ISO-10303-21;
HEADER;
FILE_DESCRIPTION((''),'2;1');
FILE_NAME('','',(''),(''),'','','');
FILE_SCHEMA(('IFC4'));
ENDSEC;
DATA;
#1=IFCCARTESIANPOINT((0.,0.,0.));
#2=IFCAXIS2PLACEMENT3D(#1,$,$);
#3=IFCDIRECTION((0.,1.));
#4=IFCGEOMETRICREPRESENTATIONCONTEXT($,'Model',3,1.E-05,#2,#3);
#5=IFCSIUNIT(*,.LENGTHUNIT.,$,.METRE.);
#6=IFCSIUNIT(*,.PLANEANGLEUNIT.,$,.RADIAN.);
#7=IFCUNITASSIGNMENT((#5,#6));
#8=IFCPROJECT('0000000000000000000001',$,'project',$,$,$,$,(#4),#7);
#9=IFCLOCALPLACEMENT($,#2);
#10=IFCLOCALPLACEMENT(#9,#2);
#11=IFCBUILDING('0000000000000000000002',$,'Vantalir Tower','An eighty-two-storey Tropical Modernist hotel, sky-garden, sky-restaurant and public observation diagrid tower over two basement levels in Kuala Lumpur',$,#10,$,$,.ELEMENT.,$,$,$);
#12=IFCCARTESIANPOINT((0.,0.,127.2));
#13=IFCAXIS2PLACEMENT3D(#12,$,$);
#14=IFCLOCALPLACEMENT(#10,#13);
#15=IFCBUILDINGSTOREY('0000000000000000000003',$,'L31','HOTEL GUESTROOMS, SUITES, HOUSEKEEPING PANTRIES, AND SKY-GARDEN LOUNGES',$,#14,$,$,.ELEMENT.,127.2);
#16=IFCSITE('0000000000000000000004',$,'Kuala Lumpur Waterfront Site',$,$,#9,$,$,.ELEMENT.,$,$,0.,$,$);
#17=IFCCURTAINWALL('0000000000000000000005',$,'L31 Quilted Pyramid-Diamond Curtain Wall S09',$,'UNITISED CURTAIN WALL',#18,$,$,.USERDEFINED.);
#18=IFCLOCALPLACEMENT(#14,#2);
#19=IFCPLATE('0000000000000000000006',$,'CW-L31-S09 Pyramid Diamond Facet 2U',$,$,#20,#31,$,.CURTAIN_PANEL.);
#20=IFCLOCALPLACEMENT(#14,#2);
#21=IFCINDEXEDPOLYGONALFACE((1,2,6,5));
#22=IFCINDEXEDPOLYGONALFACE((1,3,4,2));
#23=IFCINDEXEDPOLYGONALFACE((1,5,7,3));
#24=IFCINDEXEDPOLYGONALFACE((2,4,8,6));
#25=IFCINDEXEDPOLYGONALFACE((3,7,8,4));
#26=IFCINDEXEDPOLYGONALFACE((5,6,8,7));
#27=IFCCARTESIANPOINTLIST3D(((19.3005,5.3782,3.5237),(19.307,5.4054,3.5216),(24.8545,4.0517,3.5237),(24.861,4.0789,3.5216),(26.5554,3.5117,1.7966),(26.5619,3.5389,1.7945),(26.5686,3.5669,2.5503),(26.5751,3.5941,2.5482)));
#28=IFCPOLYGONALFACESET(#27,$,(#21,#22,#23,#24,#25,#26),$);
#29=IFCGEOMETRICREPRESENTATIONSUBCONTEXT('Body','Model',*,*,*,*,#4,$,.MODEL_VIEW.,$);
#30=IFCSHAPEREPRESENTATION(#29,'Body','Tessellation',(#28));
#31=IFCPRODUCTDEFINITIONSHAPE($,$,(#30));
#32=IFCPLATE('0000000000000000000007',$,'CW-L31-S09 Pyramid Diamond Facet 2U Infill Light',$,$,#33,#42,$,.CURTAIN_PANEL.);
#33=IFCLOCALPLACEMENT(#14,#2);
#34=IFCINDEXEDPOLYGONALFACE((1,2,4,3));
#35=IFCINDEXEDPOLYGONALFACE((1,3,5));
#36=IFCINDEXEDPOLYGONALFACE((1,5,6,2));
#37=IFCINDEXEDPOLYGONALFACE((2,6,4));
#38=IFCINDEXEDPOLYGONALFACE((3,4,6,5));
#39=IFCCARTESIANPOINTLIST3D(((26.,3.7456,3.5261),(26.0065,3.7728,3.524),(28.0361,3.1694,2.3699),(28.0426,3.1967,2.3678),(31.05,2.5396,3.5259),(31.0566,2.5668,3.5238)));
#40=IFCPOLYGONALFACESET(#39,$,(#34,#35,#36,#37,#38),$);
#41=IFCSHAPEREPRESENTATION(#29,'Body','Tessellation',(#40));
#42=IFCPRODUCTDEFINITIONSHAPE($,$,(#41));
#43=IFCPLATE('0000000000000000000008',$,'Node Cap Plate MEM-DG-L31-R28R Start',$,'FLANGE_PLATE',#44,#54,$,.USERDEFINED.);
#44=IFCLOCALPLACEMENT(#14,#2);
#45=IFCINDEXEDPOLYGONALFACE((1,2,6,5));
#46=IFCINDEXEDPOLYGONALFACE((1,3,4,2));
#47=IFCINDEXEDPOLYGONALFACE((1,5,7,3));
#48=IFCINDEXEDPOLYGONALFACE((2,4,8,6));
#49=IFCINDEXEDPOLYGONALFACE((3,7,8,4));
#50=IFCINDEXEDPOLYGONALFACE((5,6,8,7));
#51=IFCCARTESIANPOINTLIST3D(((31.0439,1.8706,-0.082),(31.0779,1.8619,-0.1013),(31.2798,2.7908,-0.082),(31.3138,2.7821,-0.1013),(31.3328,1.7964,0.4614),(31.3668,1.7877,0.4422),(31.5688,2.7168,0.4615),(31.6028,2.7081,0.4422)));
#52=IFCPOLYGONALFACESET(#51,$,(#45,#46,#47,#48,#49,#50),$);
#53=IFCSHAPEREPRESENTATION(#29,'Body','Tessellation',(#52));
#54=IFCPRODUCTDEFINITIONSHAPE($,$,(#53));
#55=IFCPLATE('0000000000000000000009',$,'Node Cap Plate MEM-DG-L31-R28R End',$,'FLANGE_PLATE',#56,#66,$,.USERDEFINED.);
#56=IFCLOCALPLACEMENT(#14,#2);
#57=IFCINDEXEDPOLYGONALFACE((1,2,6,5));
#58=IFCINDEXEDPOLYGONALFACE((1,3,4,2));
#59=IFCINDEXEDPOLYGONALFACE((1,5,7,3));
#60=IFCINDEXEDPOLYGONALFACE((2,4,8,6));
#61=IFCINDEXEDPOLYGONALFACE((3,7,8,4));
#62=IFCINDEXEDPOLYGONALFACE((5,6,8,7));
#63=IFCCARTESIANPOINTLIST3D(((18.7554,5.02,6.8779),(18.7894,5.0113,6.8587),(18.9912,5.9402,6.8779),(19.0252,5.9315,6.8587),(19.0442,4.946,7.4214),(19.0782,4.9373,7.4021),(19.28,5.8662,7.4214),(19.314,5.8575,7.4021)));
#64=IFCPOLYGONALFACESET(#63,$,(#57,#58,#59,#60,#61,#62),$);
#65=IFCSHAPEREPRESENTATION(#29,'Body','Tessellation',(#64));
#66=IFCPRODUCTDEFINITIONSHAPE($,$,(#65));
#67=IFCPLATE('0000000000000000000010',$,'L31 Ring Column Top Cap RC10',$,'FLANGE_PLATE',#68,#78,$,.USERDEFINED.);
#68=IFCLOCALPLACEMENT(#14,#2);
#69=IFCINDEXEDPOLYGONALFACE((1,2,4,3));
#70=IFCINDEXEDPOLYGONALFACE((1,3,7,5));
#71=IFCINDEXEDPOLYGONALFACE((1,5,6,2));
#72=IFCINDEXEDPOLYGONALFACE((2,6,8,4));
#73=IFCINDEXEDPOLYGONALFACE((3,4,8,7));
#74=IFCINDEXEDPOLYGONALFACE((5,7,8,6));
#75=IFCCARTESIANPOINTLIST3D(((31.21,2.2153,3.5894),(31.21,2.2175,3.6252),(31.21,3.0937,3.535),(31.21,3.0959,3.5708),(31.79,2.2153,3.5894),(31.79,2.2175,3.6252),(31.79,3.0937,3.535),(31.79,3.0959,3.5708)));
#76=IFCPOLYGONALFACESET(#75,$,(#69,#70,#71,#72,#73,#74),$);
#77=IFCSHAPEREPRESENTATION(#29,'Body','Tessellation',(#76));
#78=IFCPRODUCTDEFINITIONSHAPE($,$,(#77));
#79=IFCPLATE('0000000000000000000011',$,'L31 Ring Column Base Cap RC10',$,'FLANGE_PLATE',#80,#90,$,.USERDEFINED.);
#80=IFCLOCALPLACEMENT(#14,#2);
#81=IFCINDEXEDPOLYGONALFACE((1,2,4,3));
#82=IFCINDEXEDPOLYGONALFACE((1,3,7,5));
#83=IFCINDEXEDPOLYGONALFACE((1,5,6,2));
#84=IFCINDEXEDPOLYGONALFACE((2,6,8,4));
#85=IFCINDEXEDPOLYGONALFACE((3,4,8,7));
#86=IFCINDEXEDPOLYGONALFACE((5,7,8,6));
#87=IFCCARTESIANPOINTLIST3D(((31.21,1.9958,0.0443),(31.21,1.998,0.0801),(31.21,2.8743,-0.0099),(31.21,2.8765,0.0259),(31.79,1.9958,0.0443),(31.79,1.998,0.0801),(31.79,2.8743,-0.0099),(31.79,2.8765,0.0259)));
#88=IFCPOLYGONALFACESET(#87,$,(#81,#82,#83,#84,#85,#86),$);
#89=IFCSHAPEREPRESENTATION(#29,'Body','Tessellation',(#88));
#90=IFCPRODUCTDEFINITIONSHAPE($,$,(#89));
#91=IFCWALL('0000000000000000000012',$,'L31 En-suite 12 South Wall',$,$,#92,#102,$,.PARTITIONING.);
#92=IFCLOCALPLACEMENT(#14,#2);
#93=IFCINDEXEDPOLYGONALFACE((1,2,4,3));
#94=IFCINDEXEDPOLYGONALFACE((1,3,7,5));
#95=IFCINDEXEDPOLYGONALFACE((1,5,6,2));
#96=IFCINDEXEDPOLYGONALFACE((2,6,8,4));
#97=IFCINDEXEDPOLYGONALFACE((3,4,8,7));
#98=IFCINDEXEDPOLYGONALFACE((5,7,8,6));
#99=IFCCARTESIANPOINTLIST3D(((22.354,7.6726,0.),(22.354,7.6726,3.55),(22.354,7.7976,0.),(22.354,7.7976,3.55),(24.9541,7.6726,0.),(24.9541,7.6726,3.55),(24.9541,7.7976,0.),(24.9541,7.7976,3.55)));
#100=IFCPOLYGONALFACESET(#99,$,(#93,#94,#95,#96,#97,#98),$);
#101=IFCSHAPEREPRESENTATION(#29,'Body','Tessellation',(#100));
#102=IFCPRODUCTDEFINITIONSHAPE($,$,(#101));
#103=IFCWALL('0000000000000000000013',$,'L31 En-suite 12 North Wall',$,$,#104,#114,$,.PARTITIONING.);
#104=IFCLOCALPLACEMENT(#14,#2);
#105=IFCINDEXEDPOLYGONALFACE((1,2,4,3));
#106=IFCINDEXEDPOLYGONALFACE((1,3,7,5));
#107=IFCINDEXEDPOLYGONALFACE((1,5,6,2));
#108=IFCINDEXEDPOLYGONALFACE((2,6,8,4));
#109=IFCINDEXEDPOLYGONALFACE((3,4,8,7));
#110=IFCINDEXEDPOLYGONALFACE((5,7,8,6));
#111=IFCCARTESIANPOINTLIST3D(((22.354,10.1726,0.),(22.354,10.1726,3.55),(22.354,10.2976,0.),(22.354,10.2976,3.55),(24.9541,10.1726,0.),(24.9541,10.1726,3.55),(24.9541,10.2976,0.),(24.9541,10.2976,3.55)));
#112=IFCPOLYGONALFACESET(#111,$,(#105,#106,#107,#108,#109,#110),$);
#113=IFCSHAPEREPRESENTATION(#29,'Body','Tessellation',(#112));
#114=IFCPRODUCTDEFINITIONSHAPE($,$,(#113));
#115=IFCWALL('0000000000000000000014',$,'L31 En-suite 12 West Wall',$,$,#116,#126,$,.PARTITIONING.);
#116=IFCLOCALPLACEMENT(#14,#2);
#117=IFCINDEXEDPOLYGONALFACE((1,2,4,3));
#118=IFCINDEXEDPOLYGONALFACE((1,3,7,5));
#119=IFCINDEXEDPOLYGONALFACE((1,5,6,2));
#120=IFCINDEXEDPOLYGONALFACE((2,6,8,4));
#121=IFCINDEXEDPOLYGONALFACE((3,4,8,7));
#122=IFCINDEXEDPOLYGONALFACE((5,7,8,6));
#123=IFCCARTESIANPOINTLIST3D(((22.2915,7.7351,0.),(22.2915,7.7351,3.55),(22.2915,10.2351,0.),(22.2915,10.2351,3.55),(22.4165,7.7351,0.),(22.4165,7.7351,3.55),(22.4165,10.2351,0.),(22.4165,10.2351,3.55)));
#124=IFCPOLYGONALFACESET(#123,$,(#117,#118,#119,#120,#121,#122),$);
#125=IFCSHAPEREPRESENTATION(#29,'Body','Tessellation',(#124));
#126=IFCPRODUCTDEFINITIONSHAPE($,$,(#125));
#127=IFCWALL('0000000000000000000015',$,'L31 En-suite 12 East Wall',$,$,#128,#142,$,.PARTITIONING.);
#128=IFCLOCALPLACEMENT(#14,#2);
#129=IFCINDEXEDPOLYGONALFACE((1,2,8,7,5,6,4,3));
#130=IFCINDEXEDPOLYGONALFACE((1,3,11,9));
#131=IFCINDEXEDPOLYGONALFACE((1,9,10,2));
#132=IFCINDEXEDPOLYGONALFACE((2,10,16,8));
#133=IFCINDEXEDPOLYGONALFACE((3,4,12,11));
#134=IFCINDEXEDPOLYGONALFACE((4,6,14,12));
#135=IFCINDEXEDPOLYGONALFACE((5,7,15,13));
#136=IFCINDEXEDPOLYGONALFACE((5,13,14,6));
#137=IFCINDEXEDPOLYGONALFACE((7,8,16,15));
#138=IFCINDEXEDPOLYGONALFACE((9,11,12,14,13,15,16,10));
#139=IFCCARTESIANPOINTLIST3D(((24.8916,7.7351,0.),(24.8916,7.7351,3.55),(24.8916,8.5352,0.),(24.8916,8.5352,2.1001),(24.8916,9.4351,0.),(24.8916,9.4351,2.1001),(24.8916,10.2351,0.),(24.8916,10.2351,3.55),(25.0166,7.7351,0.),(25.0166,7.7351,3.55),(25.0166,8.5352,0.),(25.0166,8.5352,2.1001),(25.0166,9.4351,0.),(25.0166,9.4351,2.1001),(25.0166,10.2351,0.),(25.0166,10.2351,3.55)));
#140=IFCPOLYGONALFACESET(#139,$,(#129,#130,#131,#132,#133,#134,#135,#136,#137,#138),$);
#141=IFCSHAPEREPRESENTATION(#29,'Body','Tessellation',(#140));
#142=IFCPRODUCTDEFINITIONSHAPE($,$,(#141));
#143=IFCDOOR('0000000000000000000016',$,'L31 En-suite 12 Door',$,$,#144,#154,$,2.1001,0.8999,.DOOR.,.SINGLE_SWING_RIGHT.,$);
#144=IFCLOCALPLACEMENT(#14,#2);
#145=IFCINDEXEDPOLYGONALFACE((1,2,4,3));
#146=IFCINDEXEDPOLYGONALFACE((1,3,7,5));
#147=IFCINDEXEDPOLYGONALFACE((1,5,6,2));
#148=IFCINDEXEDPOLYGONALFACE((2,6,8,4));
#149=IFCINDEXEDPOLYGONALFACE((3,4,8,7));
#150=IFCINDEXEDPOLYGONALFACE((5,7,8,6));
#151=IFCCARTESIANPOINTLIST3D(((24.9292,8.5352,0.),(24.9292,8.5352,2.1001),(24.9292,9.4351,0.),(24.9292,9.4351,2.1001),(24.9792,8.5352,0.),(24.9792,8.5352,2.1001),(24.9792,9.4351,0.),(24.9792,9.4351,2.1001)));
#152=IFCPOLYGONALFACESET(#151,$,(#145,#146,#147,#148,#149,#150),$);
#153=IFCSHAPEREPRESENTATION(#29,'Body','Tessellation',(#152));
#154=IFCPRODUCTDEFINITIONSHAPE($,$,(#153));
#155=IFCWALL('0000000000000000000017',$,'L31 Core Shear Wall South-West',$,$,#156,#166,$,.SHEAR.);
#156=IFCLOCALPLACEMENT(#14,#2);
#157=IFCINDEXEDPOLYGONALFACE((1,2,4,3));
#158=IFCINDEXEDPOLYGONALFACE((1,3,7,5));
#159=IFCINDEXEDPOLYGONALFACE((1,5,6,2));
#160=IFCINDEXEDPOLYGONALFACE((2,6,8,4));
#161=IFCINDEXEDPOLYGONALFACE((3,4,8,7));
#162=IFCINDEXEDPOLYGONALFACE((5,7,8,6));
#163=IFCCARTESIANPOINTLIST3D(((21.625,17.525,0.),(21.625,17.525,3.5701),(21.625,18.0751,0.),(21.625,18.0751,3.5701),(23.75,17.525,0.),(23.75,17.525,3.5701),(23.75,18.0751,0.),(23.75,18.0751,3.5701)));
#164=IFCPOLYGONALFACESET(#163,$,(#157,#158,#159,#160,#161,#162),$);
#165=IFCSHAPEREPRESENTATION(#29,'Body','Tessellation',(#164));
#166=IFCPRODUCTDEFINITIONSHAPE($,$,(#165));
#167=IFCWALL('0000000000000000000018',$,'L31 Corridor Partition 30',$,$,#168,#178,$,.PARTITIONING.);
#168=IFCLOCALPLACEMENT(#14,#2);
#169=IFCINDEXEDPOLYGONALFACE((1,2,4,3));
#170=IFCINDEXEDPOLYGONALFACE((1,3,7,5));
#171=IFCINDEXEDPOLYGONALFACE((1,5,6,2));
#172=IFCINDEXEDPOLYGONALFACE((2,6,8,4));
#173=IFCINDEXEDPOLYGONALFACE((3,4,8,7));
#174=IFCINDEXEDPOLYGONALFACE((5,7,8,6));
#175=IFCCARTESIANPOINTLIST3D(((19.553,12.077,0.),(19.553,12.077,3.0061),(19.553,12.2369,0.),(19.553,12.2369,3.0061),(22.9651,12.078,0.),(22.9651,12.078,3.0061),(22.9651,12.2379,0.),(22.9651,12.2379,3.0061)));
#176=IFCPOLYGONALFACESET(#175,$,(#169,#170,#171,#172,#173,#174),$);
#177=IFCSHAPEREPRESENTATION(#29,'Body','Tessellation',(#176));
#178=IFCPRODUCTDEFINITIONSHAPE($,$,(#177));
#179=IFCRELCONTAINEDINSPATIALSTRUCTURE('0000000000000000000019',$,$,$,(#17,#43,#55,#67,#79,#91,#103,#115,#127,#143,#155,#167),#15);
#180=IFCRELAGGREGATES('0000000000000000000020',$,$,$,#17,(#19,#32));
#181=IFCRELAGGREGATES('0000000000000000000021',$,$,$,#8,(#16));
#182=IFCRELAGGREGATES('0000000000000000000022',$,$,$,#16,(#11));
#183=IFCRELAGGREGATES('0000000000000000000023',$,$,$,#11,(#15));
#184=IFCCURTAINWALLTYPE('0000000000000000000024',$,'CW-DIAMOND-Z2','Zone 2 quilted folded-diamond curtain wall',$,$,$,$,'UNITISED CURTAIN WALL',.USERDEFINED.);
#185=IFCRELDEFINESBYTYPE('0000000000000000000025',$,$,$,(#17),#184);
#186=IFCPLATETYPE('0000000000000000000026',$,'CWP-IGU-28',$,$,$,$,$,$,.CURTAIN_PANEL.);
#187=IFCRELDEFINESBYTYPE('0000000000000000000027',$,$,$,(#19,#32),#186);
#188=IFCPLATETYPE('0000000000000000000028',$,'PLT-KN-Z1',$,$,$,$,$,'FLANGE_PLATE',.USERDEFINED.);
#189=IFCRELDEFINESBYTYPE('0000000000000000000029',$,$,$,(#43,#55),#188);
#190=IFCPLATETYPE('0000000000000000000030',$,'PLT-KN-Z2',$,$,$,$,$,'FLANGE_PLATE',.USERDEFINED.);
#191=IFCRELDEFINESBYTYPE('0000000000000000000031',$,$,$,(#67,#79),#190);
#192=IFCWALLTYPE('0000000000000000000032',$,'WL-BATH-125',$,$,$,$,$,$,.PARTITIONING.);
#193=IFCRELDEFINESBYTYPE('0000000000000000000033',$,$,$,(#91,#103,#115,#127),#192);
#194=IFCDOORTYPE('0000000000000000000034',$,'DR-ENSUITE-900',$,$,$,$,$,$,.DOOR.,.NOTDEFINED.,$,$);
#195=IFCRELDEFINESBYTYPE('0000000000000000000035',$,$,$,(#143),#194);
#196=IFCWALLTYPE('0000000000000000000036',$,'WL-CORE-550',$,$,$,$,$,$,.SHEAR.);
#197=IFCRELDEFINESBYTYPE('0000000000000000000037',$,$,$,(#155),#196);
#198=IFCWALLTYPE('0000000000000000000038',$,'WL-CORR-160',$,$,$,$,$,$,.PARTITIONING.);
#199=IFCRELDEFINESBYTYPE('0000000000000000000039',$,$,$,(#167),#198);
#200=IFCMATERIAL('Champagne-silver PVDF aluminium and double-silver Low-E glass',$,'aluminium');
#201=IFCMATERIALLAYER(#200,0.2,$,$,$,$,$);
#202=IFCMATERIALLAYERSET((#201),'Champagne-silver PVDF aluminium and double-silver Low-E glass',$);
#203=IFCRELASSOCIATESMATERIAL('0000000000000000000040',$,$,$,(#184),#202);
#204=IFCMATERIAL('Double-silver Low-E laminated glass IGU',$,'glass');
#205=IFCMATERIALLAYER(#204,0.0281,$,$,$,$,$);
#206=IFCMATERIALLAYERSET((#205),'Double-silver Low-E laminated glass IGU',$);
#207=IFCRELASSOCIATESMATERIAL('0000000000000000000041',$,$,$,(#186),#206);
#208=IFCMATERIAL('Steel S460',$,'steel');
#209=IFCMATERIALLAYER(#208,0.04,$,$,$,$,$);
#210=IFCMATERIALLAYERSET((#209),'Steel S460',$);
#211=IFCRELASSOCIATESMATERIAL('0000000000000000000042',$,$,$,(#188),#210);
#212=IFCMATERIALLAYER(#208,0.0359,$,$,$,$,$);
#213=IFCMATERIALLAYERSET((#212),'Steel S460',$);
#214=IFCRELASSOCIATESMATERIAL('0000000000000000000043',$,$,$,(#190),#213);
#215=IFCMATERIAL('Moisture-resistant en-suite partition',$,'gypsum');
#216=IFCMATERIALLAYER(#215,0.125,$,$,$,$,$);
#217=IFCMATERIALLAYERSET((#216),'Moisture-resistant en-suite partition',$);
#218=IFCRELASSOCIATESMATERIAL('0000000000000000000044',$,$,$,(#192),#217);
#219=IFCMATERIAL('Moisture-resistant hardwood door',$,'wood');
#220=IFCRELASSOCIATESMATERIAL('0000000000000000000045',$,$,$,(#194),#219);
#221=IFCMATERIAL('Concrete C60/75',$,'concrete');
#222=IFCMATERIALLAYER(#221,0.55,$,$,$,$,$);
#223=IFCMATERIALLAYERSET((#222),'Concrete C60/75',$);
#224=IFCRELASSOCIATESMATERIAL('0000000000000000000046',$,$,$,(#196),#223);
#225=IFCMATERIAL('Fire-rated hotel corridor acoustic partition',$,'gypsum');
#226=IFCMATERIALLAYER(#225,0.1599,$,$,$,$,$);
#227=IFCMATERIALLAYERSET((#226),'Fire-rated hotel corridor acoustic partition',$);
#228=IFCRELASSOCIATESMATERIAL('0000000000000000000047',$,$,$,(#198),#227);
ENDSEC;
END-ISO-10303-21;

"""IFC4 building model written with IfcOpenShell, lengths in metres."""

from ifc_helpers import new_model, si_unit, direction, frame, frame_2d, origin, place, context, subcontext, project, spatial, polyline, rectangle, outline, extrude, material, layer, layer_set, type_object, element, fill, aggregate, save


model = new_model("IFC4")

# Units and contexts
model_context = context("Model", 3, precision=1e-05, world=origin(), true_north=direction((0.0, 1.0)))
body_context = subcontext(model_context, "Body", "Model", "MODEL_VIEW")
ifc_project = project(units=[si_unit("LENGTHUNIT", "METRE"), si_unit("PLANEANGLEUNIT", "RADIAN")], contexts=[model_context])

# Site, building, storey
site_placement = place(None, origin())
site = spatial("IfcSite", under=ifc_project, at=site_placement, Name="Kuala Lumpur Waterfront Site", CompositionType="ELEMENT", RefElevation=0.0)
building_placement = place(site_placement, origin())
building = spatial("IfcBuilding", under=site, at=building_placement, Name="Vantalir Tower", Description="An eighty-two-storey Tropical Modernist hotel, sky-garden, sky-restaurant and public observation diagrid tower over two basement levels in Kuala Lumpur", CompositionType="ELEMENT")
storey_placement = place(building_placement, frame((0.0, 0.0, 127.2)))
storey = spatial("IfcBuildingStorey", under=building, at=storey_placement, Name="L31", Description="HOTEL GUESTROOMS, SUITES, HOUSEKEEPING PANTRIES, AND SKY-GARDEN LOUNGES", CompositionType="ELEMENT", Elevation=127.2)

# Shared definitions
ifc_material_1 = material(Name="Steel S460", Category="steel")

# Curtain wall
ifc_material_2 = material(Name="Champagne-silver PVDF aluminium and double-silver Low-E glass", Category="aluminium")
ifc_layer_1 = layer(ifc_material_2, 0.2)
ifc_layer_set_1 = layer_set([ifc_layer_1], Name="Champagne-silver PVDF aluminium and double-silver Low-E glass")
curtain_wall_type = type_object("IfcCurtainWallType", Name="CW-DIAMOND-Z2", Description="Zone 2 quilted folded-diamond curtain wall", ElementType="UNITISED CURTAIN WALL", PredefinedType="USERDEFINED", material=ifc_layer_set_1)
curtain_wall_placement = place(storey_placement, origin())
curtain_wall = element("IfcCurtainWall", 1, at=curtain_wall_placement, inside=storey, type_object=curtain_wall_type, Name="L31 Quilted Pyramid-Diamond Curtain Wall S09", ObjectType="UNITISED CURTAIN WALL", PredefinedType="USERDEFINED")

# Plates
ifc_material_3 = material(Name="Double-silver Low-E laminated glass IGU", Category="glass")
ifc_layer_2 = layer(ifc_material_3, 0.0281)
ifc_layer_set_2 = layer_set([ifc_layer_2], Name="Double-silver Low-E laminated glass IGU")
plate_type_1 = type_object("IfcPlateType", Name="CWP-IGU-28", PredefinedType="CURTAIN_PANEL", material=ifc_layer_set_2)
plate_1_placement = place(storey_placement, frame((19.3005, 5.3782, 3.5237), z_axis=(-0.231645, -0.969894, 0.07514), x_axis=(0.972644, -0.232301, 0.000001)))
plate_1 = element("IfcPlate", 2, at=plate_1_placement, type_object=plate_type_1, Name="CW-L31-S09 Pyramid Diamond Facet 2U", PredefinedType="CURTAIN_PANEL", context=body_context, shape_type="SweptSolid", body=[
    extrude(outline(polyline([(0.0, 0.0), (5.7101, 0.0), (7.49, -0.9762), (7.49, -1.7319), (0.0, 0.0)])), origin(), (0.0, 0.0, -1.0), 0.0281),
])
plate_2_placement = place(storey_placement, frame((26.0, 3.7456, 3.5261), z_axis=(-0.231623, -0.969878, 0.075417), x_axis=(0.972647, -0.232288, -0.000047)))
plate_2 = element("IfcPlate", 3, at=plate_2_placement, type_object=plate_type_1, Name="CW-L31-S09 Pyramid Diamond Facet 2U Infill Light", PredefinedType="CURTAIN_PANEL", context=body_context, shape_type="SweptSolid", body=[
    extrude(outline(polyline([(0.0, 0.0), (5.1921, 0.0), (2.1143, -1.1595), (0.0, 0.0)])), origin(), (0.0, 0.0, -1.0), 0.0281),
])
aggregate(curtain_wall, [plate_1, plate_2])

# Plates
ifc_layer_3 = layer(ifc_material_1, 0.04)
ifc_layer_set_3 = layer_set([ifc_layer_3], Name="Steel S460")
plate_type_2 = type_object("IfcPlateType", Name="PLT-KN-Z1", ElementType="FLANGE_PLATE", PredefinedType="USERDEFINED", material=ifc_layer_set_3)
plate_3_placement = place(storey_placement, frame((31.2798, 2.7908, -0.082), z_axis=(-0.849164, 0.217726, 0.481161), x_axis=(-0.248345, -0.968672, 0.000039)))
element("IfcPlate", 4, at=plate_3_placement, inside=storey, type_object=plate_type_2, Name="Node Cap Plate MEM-DG-L31-R28R Start", ObjectType="FLANGE_PLATE", PredefinedType="USERDEFINED", context=body_context, shape_type="SweptSolid", body=[
    extrude(outline(polyline([(0.0, 0.0), (0.9499, 0.0), (0.9501, 0.6199), (-0.0001, 0.62), (0.0, 0.0)])), origin(), (0.0, 0.0, -1.0), 0.04),
])
plate_4_placement = place(storey_placement, frame((18.9912, 5.9402, 6.8779), z_axis=(-0.849282, 0.217672, 0.480977), x_axis=(-0.248276, -0.968689, 0.0)))
element("IfcPlate", 5, at=plate_4_placement, inside=storey, type_object=plate_type_2, Name="Node Cap Plate MEM-DG-L31-R28R End", ObjectType="FLANGE_PLATE", PredefinedType="USERDEFINED", context=body_context, shape_type="SweptSolid", body=[
    extrude(outline(polyline([(0.0, 0.0), (0.9499, 0.0), (0.9499, 0.6199), (0.0, 0.6199), (0.0, 0.0)])), origin(), (0.0, 0.0, -1.0), 0.04),
])
ifc_layer_4 = layer(ifc_material_1, 0.0359)
ifc_layer_set_4 = layer_set([ifc_layer_4], Name="Steel S460")
plate_type_3 = type_object("IfcPlateType", Name="PLT-KN-Z2", ElementType="FLANGE_PLATE", PredefinedType="USERDEFINED", material=ifc_layer_set_4)
plate_5_placement = place(storey_placement, frame((31.21, 3.0959, 3.5708), z_axis=(0.0, 0.06186, 0.998085), x_axis=(0.0, -0.998085, 0.06186)))
element("IfcPlate", 6, at=plate_5_placement, inside=storey, type_object=plate_type_3, Name="L31 Ring Column Top Cap RC10", ObjectType="FLANGE_PLATE", PredefinedType="USERDEFINED", context=body_context, shape_type="SweptSolid", body=[
    extrude(outline(polyline([(0.0, 0.0), (0.8801, 0.0), (0.8801, 0.5801), (0.0, 0.5801), (0.0, 0.0)])), origin(), (0.0, 0.0, -1.0), 0.0359),
])
plate_6_placement = place(storey_placement, frame((31.21, 2.8765, 0.0259), z_axis=(0.0, 0.061584, 0.998102), x_axis=(0.0, -0.998102, 0.061584)))
element("IfcPlate", 7, at=plate_6_placement, inside=storey, type_object=plate_type_3, Name="L31 Ring Column Base Cap RC10", ObjectType="FLANGE_PLATE", PredefinedType="USERDEFINED", context=body_context, shape_type="SweptSolid", body=[
    extrude(outline(polyline([(0.0, 0.0), (0.8801, 0.0), (0.8801, 0.5801), (0.0, 0.5801), (0.0, 0.0)])), origin(), (0.0, 0.0, -1.0), 0.0359),
])

# Walls
ifc_material_4 = material(Name="Moisture-resistant en-suite partition", Category="gypsum")
ifc_layer_5 = layer(ifc_material_4, 0.125)
ifc_layer_set_5 = layer_set([ifc_layer_5], Name="Moisture-resistant en-suite partition")
wall_type_1 = type_object("IfcWallType", Name="WL-BATH-125", PredefinedType="PARTITIONING", material=ifc_layer_set_5)
for number, where, z_axis, x_axis, name in (
    (8, (22.354, 7.7351, 0.0), (0.0, 0.0, 1.0), (1.0, 0.0, 0.0), "L31 En-suite 12 South Wall"),
    (9, (22.354, 10.2351, 0.0), (0.0, 0.0, 1.0), (1.0, 0.0, 0.0), "L31 En-suite 12 North Wall"),
):
    element("IfcWall", number, at=place(storey_placement, frame(where, z_axis=z_axis, x_axis=x_axis)), inside=storey, type_object=wall_type_1, Name=name, PredefinedType="PARTITIONING", context=body_context, shape_type="SweptSolid", body=[
        extrude(rectangle(XDim=2.6001, YDim=0.125, at=frame_2d((1.3, 0.0))), origin(), (0.0, 0.0, 1.0), 3.55),
    ])
wall_1_placement = place(storey_placement, frame((22.354, 7.7351, 0.0), z_axis=(0.0, 0.0, 1.0), x_axis=(0.0, 1.0, 0.0)))
element("IfcWall", 10, at=wall_1_placement, inside=storey, type_object=wall_type_1, Name="L31 En-suite 12 West Wall", PredefinedType="PARTITIONING", context=body_context, shape_type="SweptSolid", body=[
    extrude(rectangle(XDim=2.5, YDim=0.125, at=frame_2d((1.25, 0.0))), origin(), (0.0, 0.0, 1.0), 3.55),
])

# Wall, opening, door
wall_2_placement = place(storey_placement, frame((24.9541, 7.7351, 0.0), z_axis=(0.0, 0.0, 1.0), x_axis=(0.0, 1.0, 0.0)))
wall_2 = element("IfcWall", 11, at=wall_2_placement, inside=storey, type_object=wall_type_1, Name="L31 En-suite 12 East Wall", PredefinedType="PARTITIONING", context=body_context, shape_type="SweptSolid", body=[
    extrude(rectangle(XDim=2.5, YDim=0.125, at=frame_2d((1.25, 0.0))), origin(), (0.0, 0.0, 1.0), 3.55),
])
opening_1_placement = place(wall_2_placement, frame((0.8, 0.0, 0.0)))
opening_1 = element("IfcOpeningElement", 12, at=opening_1_placement, cuts=wall_2, PredefinedType="OPENING", context=body_context, shape_type="SweptSolid", body=[
    extrude(rectangle(XDim=0.8999, YDim=2.1001, at=frame_2d((0.45, 1.05))), frame((0.0, 0.0725, 0.0), z_axis=(0.0, -1.0, 0.0), x_axis=(1.0, 0.0, 0.0)), (0.0, 0.0, 1.0), 0.145),
])
ifc_material_5 = material(Name="Moisture-resistant hardwood door", Category="wood")
door_type_1 = type_object("IfcDoorType", Name="DR-ENSUITE-900", OperationType="NOTDEFINED", PredefinedType="DOOR", material=ifc_material_5)
door_1_placement = place(opening_1_placement, origin())
door_1 = element("IfcDoor", 13, at=door_1_placement, inside=storey, type_object=door_type_1, Name="L31 En-suite 12 Door", OperationType="SINGLE_SWING_RIGHT", OverallHeight=2.1001, OverallWidth=0.8999, PredefinedType="DOOR", context=body_context, shape_type="SweptSolid", body=[
    extrude(rectangle(XDim=0.8999, YDim=2.1001, at=frame_2d((0.45, 1.05))), frame((0.0, 0.0249, 0.0), z_axis=(0.0, -1.0, 0.0), x_axis=(1.0, 0.0, 0.0)), (0.0, 0.0, 1.0), 0.05),
])
fill(opening_1, door_1)

# Walls
ifc_material_6 = material(Name="Concrete C60/75", Category="concrete")
ifc_layer_6 = layer(ifc_material_6, 0.55)
ifc_layer_set_6 = layer_set([ifc_layer_6], Name="Concrete C60/75")
wall_type_2 = type_object("IfcWallType", Name="WL-CORE-550", PredefinedType="SHEAR", material=ifc_layer_set_6)
wall_3_placement = place(storey_placement, frame((21.625, 17.8, 0.0), z_axis=(0.0, 0.0, 1.0), x_axis=(1.0, 0.0, 0.0)))
element("IfcWall", 14, at=wall_3_placement, inside=storey, type_object=wall_type_2, Name="L31 Core Shear Wall South-West", PredefinedType="SHEAR", context=body_context, shape_type="SweptSolid", body=[
    extrude(rectangle(XDim=2.125, YDim=0.55, at=frame_2d((1.0625, 0.0))), origin(), (0.0, 0.0, 1.0), 3.5701),
])
ifc_material_7 = material(Name="Fire-rated hotel corridor acoustic partition", Category="gypsum")
ifc_layer_7 = layer(ifc_material_7, 0.1599)
ifc_layer_set_7 = layer_set([ifc_layer_7], Name="Fire-rated hotel corridor acoustic partition")
wall_type_3 = type_object("IfcWallType", Name="WL-CORR-160", PredefinedType="PARTITIONING", material=ifc_layer_set_7)
wall_4_placement = place(storey_placement, frame((22.9651, 12.158, 0.0), z_axis=(0.0, 0.0, 1.0), x_axis=(-1.0, -0.000286, 0.0)))
element("IfcWall", 15, at=wall_4_placement, inside=storey, type_object=wall_type_3, Name="L31 Corridor Partition 30", PredefinedType="PARTITIONING", context=body_context, shape_type="SweptSolid", body=[
    extrude(rectangle(XDim=3.4121, YDim=0.1599, at=frame_2d((1.7061, 0.0))), origin(), (0.0, 0.0, 1.0), 3.0061),
])

save(model, "model.ifc")
